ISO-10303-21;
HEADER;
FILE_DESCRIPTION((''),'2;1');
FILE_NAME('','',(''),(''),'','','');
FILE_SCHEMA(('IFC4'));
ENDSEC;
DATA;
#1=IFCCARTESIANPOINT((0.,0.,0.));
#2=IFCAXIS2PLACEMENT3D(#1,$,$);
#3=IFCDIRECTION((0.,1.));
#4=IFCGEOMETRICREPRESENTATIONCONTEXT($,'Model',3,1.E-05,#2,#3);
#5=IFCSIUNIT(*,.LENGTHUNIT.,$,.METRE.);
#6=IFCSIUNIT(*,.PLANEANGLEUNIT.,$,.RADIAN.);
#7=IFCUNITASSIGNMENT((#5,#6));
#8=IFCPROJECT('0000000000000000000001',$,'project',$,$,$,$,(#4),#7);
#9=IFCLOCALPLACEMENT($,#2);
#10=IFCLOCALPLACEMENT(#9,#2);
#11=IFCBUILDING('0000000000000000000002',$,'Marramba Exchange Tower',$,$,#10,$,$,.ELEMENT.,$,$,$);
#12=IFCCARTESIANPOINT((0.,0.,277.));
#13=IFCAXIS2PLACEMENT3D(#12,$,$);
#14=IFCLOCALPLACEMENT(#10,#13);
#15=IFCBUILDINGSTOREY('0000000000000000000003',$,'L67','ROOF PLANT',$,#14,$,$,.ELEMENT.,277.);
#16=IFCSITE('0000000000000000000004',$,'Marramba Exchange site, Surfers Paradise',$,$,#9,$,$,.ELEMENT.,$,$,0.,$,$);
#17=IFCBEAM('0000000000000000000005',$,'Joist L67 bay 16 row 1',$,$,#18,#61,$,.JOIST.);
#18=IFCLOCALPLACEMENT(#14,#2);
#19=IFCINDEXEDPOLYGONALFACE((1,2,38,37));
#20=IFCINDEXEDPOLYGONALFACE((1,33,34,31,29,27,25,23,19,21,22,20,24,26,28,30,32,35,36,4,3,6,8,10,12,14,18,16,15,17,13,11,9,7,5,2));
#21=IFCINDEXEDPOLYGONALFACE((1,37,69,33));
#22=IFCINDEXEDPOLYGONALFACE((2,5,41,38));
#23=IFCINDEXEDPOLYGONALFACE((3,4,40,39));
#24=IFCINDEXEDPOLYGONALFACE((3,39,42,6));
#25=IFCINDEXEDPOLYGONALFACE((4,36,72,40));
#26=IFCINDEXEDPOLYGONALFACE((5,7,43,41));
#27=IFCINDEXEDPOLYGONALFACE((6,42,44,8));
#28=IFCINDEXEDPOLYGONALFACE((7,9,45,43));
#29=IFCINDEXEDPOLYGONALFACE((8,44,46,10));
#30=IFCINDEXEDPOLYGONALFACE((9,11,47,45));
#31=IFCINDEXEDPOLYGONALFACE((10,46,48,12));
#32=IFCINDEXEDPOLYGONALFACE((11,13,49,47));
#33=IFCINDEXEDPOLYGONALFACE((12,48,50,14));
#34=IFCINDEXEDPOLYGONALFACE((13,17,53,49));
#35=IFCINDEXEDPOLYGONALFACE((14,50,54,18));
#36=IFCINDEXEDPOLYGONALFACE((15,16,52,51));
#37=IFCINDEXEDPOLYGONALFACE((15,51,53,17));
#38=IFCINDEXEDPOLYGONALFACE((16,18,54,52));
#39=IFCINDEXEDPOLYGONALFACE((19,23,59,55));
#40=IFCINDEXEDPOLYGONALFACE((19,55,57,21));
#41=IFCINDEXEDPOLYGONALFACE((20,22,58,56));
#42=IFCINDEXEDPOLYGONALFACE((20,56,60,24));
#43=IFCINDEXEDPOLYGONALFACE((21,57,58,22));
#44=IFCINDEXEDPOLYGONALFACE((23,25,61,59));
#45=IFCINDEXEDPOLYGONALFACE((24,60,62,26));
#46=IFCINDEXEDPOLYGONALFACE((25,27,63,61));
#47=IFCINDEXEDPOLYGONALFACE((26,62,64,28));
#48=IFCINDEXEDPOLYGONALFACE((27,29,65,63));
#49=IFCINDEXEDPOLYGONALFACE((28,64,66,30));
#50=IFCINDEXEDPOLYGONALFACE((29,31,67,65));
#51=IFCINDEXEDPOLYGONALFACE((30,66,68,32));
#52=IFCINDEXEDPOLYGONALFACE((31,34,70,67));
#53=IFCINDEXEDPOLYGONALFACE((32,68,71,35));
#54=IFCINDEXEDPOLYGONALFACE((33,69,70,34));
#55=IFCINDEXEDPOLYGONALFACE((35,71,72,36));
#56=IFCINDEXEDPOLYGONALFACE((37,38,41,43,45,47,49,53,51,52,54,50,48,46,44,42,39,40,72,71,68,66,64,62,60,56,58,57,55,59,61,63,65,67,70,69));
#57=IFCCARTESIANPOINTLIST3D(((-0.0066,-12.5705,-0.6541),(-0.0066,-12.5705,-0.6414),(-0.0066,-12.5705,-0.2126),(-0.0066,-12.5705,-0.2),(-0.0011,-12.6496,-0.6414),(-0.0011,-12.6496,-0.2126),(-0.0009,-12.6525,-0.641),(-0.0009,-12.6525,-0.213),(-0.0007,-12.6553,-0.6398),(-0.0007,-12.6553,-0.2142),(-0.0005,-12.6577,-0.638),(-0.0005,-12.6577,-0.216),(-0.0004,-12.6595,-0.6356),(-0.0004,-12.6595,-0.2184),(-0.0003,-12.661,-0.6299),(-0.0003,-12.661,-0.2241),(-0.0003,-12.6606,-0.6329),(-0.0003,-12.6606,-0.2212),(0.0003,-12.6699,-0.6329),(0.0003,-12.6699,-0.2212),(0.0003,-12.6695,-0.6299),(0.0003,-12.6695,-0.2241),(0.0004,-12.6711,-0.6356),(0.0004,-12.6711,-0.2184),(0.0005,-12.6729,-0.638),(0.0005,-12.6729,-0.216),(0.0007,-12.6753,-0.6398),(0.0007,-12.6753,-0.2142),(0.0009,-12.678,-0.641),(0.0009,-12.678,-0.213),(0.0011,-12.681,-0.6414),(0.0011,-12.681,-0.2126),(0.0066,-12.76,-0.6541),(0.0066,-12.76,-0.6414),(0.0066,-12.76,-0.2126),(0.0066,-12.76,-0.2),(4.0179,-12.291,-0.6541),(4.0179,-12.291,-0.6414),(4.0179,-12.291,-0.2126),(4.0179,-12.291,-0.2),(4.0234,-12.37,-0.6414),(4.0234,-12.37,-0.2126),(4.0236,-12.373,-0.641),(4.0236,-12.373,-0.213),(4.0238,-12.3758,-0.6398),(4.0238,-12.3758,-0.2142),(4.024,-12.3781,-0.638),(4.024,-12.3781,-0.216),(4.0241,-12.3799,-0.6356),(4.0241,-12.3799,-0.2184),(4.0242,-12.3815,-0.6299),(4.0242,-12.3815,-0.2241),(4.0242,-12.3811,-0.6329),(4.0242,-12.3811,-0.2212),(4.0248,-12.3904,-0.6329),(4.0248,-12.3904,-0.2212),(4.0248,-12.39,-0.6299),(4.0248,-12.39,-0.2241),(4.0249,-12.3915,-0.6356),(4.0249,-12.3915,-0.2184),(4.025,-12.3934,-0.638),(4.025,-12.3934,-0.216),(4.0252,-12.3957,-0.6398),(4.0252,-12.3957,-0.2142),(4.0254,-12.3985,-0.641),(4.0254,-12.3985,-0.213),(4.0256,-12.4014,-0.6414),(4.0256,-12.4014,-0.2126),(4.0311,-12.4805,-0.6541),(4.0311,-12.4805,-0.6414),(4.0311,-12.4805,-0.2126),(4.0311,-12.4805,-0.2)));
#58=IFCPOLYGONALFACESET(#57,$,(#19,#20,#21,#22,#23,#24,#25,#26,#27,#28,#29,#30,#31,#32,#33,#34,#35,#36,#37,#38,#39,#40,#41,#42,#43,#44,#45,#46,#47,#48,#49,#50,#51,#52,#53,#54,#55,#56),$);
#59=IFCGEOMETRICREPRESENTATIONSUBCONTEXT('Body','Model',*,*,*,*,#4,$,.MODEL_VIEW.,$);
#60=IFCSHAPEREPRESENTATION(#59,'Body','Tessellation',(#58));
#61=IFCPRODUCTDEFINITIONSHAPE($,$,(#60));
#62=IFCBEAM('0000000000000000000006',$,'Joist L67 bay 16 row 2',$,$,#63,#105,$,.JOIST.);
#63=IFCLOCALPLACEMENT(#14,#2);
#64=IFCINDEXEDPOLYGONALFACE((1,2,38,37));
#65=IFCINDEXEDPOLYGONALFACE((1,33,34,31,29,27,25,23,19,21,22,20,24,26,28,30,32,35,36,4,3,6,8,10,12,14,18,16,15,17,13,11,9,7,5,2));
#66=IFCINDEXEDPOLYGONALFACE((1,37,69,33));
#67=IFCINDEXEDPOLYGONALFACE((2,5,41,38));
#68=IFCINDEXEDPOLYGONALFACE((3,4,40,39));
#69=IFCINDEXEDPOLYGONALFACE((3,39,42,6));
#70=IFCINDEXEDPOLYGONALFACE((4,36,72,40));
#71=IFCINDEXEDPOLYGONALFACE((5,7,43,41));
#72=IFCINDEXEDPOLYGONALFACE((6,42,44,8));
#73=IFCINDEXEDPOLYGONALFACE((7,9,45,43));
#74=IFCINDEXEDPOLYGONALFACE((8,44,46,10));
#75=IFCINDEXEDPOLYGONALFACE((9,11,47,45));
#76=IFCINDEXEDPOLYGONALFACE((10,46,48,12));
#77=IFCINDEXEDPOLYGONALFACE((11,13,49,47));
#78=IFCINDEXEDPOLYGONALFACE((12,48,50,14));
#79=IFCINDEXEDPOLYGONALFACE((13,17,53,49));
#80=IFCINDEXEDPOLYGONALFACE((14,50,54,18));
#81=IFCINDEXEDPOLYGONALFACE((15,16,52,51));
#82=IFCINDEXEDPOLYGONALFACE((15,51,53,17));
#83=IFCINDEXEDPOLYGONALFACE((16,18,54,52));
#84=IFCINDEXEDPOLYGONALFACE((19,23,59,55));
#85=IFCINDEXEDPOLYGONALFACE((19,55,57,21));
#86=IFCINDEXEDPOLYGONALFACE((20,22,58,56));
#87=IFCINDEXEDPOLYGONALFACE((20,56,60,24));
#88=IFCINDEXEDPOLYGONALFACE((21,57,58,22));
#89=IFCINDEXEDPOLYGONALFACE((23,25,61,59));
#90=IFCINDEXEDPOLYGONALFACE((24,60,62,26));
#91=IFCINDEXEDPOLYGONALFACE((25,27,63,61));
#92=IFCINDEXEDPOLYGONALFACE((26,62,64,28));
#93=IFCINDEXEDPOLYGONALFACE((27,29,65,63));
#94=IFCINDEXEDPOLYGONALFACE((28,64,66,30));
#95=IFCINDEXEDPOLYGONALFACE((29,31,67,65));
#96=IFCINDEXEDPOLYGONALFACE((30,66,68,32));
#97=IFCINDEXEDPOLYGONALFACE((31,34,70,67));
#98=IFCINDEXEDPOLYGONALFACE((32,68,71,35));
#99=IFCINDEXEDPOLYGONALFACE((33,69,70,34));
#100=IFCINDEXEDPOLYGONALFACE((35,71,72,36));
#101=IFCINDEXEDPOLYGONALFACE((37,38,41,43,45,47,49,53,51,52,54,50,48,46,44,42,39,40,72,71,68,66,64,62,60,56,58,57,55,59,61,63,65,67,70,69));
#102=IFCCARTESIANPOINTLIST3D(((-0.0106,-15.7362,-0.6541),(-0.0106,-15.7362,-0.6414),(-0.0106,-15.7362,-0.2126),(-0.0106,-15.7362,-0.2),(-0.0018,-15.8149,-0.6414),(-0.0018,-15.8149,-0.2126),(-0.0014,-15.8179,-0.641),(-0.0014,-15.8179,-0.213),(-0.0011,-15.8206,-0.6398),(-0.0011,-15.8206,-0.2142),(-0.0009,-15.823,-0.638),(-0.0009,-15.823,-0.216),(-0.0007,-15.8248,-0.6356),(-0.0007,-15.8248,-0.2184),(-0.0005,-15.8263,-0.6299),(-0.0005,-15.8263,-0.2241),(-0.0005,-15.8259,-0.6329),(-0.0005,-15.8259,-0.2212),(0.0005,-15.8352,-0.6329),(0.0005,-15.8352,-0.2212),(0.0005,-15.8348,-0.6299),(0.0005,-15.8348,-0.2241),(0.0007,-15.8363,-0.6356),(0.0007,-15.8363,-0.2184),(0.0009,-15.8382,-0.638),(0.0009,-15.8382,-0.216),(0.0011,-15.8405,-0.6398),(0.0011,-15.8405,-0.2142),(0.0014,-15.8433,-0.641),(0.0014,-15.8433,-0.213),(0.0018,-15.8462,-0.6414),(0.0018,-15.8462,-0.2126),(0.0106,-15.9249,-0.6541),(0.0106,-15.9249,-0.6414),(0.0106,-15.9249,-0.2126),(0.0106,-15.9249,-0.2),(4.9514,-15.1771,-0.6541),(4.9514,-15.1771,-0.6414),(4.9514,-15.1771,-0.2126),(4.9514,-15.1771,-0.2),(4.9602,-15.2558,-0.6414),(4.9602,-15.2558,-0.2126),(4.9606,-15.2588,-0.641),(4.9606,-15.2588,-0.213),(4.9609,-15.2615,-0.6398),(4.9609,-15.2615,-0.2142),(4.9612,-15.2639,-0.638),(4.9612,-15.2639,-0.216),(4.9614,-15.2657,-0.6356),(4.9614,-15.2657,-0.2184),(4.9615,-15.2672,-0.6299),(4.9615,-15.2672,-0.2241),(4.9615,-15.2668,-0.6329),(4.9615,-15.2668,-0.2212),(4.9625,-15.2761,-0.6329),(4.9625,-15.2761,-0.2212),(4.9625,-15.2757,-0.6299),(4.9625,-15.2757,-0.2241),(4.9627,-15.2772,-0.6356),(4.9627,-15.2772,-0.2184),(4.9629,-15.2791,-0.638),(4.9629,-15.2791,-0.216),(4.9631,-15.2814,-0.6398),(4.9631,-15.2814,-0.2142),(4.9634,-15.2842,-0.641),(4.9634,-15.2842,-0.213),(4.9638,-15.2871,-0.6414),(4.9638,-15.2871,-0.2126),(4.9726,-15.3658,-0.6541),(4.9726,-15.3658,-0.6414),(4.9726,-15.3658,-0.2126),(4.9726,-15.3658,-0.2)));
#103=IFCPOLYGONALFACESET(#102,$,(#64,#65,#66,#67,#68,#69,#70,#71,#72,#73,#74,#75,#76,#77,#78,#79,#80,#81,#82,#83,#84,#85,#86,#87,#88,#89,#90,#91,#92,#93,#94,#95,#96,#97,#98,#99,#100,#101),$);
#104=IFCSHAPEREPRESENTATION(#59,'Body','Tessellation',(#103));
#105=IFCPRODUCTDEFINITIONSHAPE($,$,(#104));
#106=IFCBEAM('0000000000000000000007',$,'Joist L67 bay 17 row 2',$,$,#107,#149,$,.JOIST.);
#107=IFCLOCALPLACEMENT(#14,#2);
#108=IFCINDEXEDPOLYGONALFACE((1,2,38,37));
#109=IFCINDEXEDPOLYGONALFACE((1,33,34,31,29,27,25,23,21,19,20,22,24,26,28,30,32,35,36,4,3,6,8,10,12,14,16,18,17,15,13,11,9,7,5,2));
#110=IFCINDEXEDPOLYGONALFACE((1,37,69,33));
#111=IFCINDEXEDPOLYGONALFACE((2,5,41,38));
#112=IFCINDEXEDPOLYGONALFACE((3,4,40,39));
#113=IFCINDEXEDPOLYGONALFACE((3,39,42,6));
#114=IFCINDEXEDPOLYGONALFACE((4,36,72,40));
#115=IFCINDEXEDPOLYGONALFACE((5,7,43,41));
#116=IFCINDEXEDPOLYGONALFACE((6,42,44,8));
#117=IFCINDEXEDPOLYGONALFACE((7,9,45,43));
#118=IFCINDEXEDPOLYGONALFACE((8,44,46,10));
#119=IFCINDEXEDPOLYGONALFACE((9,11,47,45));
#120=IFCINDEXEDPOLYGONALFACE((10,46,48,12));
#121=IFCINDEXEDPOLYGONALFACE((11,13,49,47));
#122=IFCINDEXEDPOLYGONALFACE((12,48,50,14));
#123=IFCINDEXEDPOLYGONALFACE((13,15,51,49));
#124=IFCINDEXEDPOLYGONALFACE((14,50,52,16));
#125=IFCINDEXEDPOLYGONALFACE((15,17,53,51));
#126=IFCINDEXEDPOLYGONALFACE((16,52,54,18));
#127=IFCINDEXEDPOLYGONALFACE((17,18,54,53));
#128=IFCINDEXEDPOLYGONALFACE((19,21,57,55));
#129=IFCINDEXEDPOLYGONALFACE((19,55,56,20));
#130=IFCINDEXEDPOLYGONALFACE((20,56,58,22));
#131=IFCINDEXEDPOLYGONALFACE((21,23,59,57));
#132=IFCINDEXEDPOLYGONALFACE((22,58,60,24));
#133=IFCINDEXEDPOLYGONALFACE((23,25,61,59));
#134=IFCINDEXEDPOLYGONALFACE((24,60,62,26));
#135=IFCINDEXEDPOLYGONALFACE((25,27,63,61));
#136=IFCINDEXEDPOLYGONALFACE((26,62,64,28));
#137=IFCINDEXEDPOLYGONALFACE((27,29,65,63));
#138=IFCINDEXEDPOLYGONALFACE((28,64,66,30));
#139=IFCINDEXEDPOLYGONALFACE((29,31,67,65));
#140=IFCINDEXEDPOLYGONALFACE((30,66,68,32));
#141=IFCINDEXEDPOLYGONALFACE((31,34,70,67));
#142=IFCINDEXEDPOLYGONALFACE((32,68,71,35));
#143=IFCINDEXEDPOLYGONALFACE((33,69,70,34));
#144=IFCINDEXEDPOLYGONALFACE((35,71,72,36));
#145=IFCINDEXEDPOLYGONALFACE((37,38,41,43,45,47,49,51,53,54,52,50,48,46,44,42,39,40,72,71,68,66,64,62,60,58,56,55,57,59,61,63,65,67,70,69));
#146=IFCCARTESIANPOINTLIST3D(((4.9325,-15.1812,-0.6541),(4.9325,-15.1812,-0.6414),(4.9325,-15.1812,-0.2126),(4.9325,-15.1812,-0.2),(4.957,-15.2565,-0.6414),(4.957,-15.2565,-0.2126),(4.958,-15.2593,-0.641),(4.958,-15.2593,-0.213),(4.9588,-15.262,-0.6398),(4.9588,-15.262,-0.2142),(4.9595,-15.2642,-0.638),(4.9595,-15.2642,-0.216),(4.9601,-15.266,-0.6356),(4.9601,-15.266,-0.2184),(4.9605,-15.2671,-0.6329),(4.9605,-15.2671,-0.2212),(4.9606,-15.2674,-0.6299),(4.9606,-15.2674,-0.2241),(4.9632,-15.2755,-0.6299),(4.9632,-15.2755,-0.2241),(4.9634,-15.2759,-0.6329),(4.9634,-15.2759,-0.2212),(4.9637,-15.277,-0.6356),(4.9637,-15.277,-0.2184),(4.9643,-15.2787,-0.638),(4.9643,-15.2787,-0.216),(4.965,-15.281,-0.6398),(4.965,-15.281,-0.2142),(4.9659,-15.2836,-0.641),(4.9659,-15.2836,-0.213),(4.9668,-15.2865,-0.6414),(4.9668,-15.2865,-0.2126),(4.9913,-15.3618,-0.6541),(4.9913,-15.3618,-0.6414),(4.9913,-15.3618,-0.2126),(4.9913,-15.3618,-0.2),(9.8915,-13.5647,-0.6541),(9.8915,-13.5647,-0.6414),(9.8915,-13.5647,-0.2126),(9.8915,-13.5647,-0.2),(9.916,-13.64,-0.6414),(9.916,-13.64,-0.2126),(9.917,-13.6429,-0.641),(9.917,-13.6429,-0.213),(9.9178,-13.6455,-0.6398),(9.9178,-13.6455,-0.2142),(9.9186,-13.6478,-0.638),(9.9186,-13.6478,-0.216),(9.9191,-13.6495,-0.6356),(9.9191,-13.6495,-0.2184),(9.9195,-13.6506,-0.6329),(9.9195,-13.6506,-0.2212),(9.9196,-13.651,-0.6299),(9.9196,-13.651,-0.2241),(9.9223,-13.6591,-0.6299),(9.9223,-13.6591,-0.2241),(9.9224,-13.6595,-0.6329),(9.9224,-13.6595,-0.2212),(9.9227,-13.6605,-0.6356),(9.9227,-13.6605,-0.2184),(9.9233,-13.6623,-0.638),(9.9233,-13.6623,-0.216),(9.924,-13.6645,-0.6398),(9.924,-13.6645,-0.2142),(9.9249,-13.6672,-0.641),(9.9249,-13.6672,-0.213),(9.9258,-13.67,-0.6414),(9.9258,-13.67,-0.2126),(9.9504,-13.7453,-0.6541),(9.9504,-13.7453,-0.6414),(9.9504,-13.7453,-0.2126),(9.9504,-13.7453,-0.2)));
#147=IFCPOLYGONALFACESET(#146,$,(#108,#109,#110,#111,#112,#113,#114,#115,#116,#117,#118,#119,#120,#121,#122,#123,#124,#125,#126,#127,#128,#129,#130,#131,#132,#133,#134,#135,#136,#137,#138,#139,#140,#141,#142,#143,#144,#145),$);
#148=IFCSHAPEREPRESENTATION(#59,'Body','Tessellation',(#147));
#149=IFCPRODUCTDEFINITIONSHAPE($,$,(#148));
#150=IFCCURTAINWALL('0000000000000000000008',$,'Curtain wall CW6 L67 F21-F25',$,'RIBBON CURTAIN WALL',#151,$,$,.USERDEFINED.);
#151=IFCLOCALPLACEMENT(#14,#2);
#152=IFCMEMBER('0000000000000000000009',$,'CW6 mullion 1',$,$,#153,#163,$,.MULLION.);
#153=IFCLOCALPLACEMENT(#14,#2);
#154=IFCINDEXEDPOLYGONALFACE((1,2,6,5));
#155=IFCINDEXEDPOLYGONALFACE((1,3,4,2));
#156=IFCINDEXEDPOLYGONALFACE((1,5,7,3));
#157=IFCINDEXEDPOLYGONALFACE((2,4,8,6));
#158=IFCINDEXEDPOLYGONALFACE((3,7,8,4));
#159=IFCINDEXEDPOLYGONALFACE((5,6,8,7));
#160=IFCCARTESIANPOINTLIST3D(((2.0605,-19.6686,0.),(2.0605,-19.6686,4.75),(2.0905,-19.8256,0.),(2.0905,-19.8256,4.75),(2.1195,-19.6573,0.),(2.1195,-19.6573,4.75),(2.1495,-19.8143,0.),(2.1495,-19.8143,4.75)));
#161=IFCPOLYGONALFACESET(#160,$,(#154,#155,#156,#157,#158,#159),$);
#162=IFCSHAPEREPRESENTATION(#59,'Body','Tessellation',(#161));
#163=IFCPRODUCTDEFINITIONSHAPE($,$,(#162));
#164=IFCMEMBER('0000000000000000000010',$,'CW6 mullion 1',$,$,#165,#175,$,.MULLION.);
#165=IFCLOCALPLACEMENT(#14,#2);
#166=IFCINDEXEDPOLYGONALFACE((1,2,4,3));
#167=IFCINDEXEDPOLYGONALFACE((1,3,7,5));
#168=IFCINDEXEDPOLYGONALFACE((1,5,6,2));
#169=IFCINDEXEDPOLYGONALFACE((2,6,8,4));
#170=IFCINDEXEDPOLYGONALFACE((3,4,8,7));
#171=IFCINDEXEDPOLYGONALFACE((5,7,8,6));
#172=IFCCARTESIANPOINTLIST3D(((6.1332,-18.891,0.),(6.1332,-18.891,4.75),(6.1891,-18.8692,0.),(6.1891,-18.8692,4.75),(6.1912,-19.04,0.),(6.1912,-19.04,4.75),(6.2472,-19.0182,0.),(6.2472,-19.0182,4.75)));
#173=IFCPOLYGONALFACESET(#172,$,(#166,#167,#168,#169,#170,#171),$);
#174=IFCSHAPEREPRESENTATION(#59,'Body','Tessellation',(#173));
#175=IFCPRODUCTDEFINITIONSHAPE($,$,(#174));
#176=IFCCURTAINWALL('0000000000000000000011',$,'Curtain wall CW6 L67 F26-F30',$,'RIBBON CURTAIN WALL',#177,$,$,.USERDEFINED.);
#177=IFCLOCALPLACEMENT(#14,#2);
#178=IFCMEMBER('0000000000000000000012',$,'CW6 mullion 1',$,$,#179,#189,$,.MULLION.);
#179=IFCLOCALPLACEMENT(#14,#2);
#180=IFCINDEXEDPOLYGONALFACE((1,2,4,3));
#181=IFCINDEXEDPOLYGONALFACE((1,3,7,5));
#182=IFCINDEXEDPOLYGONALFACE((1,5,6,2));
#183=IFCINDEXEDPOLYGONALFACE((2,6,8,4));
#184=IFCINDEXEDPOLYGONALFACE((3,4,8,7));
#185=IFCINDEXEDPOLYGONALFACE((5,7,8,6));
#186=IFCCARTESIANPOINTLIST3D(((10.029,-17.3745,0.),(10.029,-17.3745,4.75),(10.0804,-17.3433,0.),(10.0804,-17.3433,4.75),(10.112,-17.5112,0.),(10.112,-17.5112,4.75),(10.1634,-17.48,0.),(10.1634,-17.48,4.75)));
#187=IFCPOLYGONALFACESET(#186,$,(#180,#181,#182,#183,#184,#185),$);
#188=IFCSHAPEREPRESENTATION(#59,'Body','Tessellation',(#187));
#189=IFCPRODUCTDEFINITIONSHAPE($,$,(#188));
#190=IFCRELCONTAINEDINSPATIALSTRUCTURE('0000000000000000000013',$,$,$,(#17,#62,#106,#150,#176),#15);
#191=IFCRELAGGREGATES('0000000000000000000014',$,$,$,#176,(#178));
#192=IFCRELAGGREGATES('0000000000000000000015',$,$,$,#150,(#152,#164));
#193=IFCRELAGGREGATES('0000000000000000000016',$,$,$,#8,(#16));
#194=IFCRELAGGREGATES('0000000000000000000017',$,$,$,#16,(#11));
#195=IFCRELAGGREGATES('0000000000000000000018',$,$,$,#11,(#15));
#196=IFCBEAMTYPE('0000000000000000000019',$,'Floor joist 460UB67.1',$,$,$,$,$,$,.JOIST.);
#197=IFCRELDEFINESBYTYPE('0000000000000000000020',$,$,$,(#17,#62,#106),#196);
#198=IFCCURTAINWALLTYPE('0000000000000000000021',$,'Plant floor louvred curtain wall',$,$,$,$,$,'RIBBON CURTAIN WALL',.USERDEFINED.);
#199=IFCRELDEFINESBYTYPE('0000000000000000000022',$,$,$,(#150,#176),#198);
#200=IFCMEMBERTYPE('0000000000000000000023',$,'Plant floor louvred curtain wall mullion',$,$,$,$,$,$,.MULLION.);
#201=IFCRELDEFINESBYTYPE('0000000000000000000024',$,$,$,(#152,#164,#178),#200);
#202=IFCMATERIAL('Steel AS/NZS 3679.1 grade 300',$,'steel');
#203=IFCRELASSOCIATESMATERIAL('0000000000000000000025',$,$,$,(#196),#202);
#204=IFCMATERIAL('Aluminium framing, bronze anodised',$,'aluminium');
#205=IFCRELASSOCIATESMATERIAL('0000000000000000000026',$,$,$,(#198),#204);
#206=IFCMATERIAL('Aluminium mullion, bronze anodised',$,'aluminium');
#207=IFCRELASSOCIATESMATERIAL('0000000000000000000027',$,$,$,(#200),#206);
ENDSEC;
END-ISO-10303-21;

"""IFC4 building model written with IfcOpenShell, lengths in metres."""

from ifc_helpers import new_model, si_unit, direction, frame, origin, origin_2d, place, context, subcontext, project, spatial, rectangle, i_section, extrude, material, material_profile, profile_set, type_object, element, aggregate, save


model = new_model("IFC4")

# Units and contexts
model_context = context("Model", 3, precision=1e-05, world=origin(), true_north=direction((0.0, 1.0)))
body_context = subcontext(model_context, "Body", "Model", "MODEL_VIEW")
ifc_project = project(units=[si_unit("LENGTHUNIT", "METRE"), si_unit("PLANEANGLEUNIT", "RADIAN")], contexts=[model_context])

# Site, building, storey
site_placement = place(None, origin())
site = spatial("IfcSite", under=ifc_project, at=site_placement, Name="Marramba Exchange site, Surfers Paradise", CompositionType="ELEMENT", RefElevation=0.0)
building_placement = place(site_placement, origin())
building = spatial("IfcBuilding", under=site, at=building_placement, Name="Marramba Exchange Tower", CompositionType="ELEMENT")
storey_placement = place(building_placement, frame((0.0, 0.0, 277.0)))
storey = spatial("IfcBuildingStorey", under=building, at=storey_placement, Name="L67", Description="ROOF PLANT", CompositionType="ELEMENT", Elevation=277.0)

# Beams
ifc_material_1 = material(Name="Steel AS/NZS 3679.1 grade 300", Category="steel")
ifc_material_profile_1 = material_profile(ifc_material_1, i_section(OverallWidth=0.1899, OverallDepth=0.4541, WebThickness=0.0085, FlangeThickness=0.0127, FilletRadius=0.0115, at=origin_2d()), Name="460UB67.1")
ifc_profile_set_1 = profile_set([ifc_material_profile_1], Name="Steel AS/NZS 3679.1 grade 300")
beam_type_1 = type_object("IfcBeamType", Name="Floor joist 460UB67.1", PredefinedType="JOIST", material=ifc_profile_set_1)
beam_1_placement = place(storey_placement, frame((0.0, -12.6653, -0.427), z_axis=(0.997596, 0.069294, 0.0), x_axis=(-0.069294, 0.997596, 0.0)))
element("IfcBeam", 1, at=beam_1_placement, inside=storey, type_object=beam_type_1, Name="Joist L67 bay 16 row 1", PredefinedType="JOIST", context=body_context, shape_type="SweptSolid", body=[
    extrude(i_section(OverallWidth=0.1899, OverallDepth=0.4541, WebThickness=0.0085, FlangeThickness=0.0127, FilletRadius=0.0115, at=origin_2d()), origin(), (0.0, 0.0, 1.0), 4.0342),
])
beam_2_placement = place(storey_placement, frame((0.0, -15.8306, -0.427), z_axis=(0.993712, 0.111966, 0.0), x_axis=(-0.111966, 0.993712, 0.0)))
element("IfcBeam", 2, at=beam_2_placement, inside=storey, type_object=beam_type_1, Name="Joist L67 bay 16 row 2", PredefinedType="JOIST", context=body_context, shape_type="SweptSolid", body=[
    extrude(i_section(OverallWidth=0.1899, OverallDepth=0.4541, WebThickness=0.0085, FlangeThickness=0.0127, FilletRadius=0.0115, at=origin_2d()), origin(), (0.0, 0.0, 1.0), 4.9934),
])
beam_3_placement = place(storey_placement, frame((4.9619, -15.2715, -0.427), z_axis=(0.950764, 0.309916, 0.0), x_axis=(-0.309916, 0.950764, 0.0)))
element("IfcBeam", 3, at=beam_3_placement, inside=storey, type_object=beam_type_1, Name="Joist L67 bay 17 row 2", PredefinedType="JOIST", context=body_context, shape_type="SweptSolid", body=[
    extrude(i_section(OverallWidth=0.1899, OverallDepth=0.4541, WebThickness=0.0085, FlangeThickness=0.0127, FilletRadius=0.0115, at=origin_2d()), origin(), (0.0, 0.0, 1.0), 5.2158),
])

# Curtain wall, members
ifc_material_2 = material(Name="Aluminium framing, bronze anodised", Category="aluminium")
curtain_wall_type = type_object("IfcCurtainWallType", Name="Plant floor louvred curtain wall", ElementType="RIBBON CURTAIN WALL", PredefinedType="USERDEFINED", material=ifc_material_2)
curtain_wall_1_placement = place(storey_placement, origin())
curtain_wall_1 = element("IfcCurtainWall", 4, at=curtain_wall_1_placement, inside=storey, type_object=curtain_wall_type, Name="Curtain wall CW6 L67 F21-F25", ObjectType="RIBBON CURTAIN WALL", PredefinedType="USERDEFINED")
ifc_material_3 = material(Name="Aluminium mullion, bronze anodised", Category="aluminium")
ifc_material_profile_2 = material_profile(ifc_material_3, rectangle(XDim=0.1599, YDim=0.0601, at=origin_2d()), Name="CW6 mullion 60x160")
ifc_profile_set_2 = profile_set([ifc_material_profile_2], Name="Aluminium mullion, bronze anodised")
member_type_1 = type_object("IfcMemberType", Name="Plant floor louvred curtain wall mullion", PredefinedType="MULLION", material=ifc_profile_set_2)
member_1_placement = place(storey_placement, frame((2.105, -19.7415, 0.0), z_axis=(0.0, 0.0, 1.0), x_axis=(-0.187873, 0.982193, 0.0)))
member_1 = element("IfcMember", 5, at=member_1_placement, type_object=member_type_1, Name="CW6 mullion 1", PredefinedType="MULLION", context=body_context, shape_type="SweptSolid", body=[
    extrude(rectangle(XDim=0.1599, YDim=0.0601, at=origin_2d()), origin(), (0.0, 0.0, 1.0), 4.75),
])
member_2_placement = place(storey_placement, frame((6.1902, -18.9546, 0.0), z_axis=(0.0, 0.0, 1.0), x_axis=(-0.36301, 0.931785, 0.0)))
member_2 = element("IfcMember", 6, at=member_2_placement, type_object=member_type_1, Name="CW6 mullion 1", PredefinedType="MULLION", context=body_context, shape_type="SweptSolid", body=[
    extrude(rectangle(XDim=0.1599, YDim=0.0601, at=origin_2d()), origin(), (0.0, 0.0, 1.0), 4.75),
])

# Curtain wall, member
curtain_wall_2_placement = place(storey_placement, origin())
curtain_wall_2 = element("IfcCurtainWall", 7, at=curtain_wall_2_placement, inside=storey, type_object=curtain_wall_type, Name="Curtain wall CW6 L67 F26-F30", ObjectType="RIBBON CURTAIN WALL", PredefinedType="USERDEFINED")
member_3_placement = place(storey_placement, frame((10.0962, -17.4272, 0.0), z_axis=(0.0, 0.0, 1.0), x_axis=(-0.519115, 0.854704, 0.0)))
member_3 = element("IfcMember", 8, at=member_3_placement, type_object=member_type_1, Name="CW6 mullion 1", PredefinedType="MULLION", context=body_context, shape_type="SweptSolid", body=[
    extrude(rectangle(XDim=0.1599, YDim=0.0601, at=origin_2d()), origin(), (0.0, 0.0, 1.0), 4.75),
])

aggregate(curtain_wall_2, [member_3])

aggregate(curtain_wall_1, [member_1, member_2])

save(model, "model.ifc")
